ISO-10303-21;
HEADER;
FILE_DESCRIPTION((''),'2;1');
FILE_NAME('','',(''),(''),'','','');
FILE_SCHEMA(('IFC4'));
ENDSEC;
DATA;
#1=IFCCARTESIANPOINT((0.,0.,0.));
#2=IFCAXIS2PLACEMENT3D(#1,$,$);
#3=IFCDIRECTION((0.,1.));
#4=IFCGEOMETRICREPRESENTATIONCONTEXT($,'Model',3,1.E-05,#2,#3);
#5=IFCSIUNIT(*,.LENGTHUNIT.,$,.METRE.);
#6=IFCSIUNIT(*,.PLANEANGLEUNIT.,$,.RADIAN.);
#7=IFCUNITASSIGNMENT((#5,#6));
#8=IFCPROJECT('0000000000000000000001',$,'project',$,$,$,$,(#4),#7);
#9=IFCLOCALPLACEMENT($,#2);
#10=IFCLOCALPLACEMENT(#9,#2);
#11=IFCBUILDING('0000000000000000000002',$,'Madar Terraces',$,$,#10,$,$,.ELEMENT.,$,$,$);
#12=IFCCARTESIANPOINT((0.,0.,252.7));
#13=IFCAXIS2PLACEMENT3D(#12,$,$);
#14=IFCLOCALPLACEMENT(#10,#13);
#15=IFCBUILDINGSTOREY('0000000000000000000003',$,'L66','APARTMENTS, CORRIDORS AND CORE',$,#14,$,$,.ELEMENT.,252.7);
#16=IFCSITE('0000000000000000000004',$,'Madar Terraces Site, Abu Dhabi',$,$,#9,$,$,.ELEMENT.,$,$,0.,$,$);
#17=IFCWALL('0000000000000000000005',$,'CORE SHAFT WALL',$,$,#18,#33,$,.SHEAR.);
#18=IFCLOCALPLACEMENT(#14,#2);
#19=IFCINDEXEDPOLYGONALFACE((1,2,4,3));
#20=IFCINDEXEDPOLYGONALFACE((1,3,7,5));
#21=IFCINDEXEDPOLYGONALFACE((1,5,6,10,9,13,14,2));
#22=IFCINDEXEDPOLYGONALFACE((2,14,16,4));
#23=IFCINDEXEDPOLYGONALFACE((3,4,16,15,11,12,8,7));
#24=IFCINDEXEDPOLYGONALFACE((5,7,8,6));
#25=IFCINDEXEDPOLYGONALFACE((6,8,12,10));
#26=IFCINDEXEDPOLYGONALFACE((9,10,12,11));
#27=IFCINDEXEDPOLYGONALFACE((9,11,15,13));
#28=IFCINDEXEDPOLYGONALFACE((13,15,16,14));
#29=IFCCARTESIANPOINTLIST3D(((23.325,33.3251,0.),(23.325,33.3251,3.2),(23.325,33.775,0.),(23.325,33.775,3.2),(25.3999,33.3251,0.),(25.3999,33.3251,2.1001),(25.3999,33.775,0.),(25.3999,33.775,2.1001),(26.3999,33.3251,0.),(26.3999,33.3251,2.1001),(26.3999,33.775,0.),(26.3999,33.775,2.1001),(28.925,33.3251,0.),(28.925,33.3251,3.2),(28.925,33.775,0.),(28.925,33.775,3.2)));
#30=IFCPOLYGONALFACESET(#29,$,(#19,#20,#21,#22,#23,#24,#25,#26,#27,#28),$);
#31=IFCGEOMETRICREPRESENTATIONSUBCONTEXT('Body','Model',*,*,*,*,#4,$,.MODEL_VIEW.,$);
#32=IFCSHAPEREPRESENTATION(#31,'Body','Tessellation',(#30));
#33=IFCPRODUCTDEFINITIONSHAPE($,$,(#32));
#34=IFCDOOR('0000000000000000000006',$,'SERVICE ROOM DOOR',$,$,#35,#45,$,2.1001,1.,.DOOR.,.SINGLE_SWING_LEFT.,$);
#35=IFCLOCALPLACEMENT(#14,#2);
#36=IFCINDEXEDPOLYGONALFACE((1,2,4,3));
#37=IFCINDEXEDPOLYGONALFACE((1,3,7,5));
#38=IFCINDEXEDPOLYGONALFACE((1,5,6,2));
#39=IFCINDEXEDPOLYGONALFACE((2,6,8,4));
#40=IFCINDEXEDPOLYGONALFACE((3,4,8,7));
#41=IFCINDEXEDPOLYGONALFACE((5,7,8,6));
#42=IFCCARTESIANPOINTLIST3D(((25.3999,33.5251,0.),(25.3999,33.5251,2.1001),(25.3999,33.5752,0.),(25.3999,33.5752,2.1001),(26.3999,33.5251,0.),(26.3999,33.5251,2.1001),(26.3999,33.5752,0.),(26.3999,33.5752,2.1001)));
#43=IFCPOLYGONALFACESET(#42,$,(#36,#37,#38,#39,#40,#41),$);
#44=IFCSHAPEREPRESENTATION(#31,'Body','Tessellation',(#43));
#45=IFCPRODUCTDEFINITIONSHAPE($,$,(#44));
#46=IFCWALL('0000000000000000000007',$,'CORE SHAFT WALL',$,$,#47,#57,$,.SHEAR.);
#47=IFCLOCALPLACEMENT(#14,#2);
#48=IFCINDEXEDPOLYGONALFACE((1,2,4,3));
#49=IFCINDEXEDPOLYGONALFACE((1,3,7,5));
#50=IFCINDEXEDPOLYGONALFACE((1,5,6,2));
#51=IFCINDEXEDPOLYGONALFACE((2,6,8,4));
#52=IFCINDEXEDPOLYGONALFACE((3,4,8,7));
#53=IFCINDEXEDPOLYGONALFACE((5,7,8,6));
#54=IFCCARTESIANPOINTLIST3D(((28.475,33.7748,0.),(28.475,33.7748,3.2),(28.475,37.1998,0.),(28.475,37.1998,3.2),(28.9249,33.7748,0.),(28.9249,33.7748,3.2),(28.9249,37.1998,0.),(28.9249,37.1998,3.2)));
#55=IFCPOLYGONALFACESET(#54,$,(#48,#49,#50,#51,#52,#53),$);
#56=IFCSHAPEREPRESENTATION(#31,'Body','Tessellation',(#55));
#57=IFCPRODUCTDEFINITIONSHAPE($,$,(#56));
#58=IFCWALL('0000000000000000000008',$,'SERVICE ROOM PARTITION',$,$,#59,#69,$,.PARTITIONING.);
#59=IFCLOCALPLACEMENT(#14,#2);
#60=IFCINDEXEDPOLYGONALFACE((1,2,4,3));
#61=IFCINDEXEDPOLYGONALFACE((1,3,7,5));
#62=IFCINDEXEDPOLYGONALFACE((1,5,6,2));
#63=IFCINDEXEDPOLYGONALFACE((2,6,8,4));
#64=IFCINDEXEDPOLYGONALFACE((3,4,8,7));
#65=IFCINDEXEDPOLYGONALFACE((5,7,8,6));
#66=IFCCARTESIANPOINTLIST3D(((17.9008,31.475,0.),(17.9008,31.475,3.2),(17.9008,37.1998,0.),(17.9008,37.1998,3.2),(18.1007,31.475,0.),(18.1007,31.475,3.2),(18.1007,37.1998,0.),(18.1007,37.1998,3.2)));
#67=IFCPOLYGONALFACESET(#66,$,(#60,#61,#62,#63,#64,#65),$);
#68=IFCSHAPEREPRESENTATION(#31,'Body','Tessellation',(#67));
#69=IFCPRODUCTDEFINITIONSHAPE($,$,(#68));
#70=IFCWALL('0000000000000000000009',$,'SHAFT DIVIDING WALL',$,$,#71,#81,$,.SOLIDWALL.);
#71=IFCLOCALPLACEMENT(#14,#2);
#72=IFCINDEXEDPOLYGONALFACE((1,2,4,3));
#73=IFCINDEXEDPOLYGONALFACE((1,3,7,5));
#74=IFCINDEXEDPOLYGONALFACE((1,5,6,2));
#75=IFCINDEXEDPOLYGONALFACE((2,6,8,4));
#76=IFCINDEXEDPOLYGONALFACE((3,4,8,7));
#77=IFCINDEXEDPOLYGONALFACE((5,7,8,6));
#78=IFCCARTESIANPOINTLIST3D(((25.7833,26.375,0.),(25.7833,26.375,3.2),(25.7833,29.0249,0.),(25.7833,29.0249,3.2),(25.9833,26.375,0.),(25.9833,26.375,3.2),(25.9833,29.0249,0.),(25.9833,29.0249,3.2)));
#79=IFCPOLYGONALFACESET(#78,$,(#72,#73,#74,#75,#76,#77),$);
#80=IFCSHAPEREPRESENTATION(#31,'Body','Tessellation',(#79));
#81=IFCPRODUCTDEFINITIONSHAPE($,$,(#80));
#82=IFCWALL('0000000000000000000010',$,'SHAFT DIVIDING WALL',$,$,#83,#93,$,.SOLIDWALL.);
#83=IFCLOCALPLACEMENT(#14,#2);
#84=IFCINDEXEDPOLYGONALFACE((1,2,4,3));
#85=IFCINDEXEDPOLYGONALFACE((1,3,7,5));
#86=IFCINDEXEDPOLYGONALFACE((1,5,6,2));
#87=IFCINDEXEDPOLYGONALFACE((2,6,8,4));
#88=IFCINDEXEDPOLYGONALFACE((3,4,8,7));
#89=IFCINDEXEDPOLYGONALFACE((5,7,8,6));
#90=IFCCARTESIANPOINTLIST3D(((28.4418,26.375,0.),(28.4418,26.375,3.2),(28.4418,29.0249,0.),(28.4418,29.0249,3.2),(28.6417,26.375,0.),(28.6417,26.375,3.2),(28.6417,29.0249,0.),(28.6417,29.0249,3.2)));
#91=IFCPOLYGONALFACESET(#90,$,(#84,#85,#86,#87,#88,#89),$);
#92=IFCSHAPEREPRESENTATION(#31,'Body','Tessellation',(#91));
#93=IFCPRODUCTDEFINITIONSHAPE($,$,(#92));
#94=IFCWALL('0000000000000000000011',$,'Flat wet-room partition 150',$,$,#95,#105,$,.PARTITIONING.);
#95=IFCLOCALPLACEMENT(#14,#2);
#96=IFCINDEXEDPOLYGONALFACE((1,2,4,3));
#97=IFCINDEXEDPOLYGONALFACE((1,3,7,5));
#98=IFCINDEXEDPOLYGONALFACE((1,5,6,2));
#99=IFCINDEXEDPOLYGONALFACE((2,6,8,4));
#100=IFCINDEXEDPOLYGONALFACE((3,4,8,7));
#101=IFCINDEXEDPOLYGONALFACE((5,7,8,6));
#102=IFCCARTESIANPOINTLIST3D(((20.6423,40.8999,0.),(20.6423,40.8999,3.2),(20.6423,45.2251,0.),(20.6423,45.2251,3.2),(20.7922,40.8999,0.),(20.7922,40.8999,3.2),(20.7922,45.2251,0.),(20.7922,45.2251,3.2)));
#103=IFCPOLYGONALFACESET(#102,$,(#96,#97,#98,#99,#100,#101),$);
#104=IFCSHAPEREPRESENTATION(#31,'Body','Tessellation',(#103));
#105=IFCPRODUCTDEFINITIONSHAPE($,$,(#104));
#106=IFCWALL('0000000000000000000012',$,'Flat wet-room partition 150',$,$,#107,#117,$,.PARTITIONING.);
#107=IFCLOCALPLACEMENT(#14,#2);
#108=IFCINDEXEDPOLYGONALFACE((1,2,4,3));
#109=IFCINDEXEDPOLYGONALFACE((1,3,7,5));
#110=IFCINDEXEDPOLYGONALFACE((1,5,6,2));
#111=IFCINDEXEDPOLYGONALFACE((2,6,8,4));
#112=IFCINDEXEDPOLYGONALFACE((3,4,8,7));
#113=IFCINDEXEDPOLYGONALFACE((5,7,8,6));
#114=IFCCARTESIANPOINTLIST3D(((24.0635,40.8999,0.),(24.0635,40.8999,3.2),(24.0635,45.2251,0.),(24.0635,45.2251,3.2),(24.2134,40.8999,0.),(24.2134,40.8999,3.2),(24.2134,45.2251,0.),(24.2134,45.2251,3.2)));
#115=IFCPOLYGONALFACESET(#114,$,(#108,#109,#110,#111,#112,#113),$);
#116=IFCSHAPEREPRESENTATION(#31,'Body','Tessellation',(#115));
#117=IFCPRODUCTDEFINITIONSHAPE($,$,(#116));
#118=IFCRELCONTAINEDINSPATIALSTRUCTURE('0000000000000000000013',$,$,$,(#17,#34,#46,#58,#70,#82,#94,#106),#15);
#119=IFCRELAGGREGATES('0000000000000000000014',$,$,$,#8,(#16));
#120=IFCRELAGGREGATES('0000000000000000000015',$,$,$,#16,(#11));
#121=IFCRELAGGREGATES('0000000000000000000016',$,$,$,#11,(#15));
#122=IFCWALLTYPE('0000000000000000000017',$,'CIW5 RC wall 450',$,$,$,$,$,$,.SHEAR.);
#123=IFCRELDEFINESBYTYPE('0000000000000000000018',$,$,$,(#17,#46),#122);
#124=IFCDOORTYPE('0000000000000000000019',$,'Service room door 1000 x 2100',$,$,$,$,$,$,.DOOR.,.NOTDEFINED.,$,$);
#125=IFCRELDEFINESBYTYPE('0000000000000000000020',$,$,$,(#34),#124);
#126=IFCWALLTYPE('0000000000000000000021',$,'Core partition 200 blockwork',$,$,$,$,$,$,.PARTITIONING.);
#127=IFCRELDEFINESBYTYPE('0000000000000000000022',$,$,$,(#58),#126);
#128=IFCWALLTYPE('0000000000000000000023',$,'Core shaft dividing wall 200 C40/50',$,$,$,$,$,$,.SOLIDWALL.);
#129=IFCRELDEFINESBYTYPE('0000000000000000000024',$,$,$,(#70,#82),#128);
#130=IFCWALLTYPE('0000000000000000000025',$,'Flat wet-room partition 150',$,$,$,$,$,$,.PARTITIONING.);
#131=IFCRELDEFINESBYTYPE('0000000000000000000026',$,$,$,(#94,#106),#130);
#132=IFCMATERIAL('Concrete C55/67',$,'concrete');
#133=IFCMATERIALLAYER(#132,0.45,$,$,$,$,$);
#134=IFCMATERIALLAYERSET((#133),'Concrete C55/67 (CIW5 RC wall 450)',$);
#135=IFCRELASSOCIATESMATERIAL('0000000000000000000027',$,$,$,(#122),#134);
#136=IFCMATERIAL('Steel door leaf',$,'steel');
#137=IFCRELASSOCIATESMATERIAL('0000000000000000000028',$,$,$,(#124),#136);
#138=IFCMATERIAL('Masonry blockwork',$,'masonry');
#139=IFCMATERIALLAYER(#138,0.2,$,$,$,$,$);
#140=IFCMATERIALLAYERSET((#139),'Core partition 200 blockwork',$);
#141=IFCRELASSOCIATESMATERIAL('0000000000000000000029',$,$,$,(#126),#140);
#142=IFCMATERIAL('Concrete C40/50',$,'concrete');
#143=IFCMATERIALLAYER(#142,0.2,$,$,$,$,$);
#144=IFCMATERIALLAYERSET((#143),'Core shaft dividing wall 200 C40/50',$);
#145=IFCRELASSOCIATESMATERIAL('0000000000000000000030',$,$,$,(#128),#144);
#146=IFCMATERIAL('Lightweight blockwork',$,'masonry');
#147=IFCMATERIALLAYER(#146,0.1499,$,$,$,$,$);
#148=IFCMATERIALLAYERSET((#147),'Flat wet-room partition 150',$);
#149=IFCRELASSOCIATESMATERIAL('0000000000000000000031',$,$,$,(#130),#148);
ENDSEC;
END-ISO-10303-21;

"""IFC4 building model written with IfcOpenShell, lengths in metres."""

from ifc_helpers import new_model, si_unit, direction, frame, frame_2d, origin, place, context, subcontext, project, spatial, rectangle, extrude, material, layer, layer_set, type_object, element, fill, save


model = new_model("IFC4")

# Units and contexts
model_context = context("Model", 3, precision=1e-05, world=origin(), true_north=direction((0.0, 1.0)))
body_context = subcontext(model_context, "Body", "Model", "MODEL_VIEW")
ifc_project = project(units=[si_unit("LENGTHUNIT", "METRE"), si_unit("PLANEANGLEUNIT", "RADIAN")], contexts=[model_context])

# Site, building, storey
site_placement = place(None, origin())
site = spatial("IfcSite", under=ifc_project, at=site_placement, Name="Madar Terraces Site, Abu Dhabi", CompositionType="ELEMENT", RefElevation=0.0)
building_placement = place(site_placement, origin())
building = spatial("IfcBuilding", under=site, at=building_placement, Name="Madar Terraces", CompositionType="ELEMENT")
storey_placement = place(building_placement, frame((0.0, 0.0, 252.7)))
storey = spatial("IfcBuildingStorey", under=building, at=storey_placement, Name="L66", Description="APARTMENTS, CORRIDORS AND CORE", CompositionType="ELEMENT", Elevation=252.7)

# Shared definitions
ifc_material_1 = material(Name="Concrete C55/67", Category="concrete")
ifc_layer_1 = layer(ifc_material_1, 0.45)
ifc_layer_set_1 = layer_set([ifc_layer_1], Name="Concrete C55/67 (CIW5 RC wall 450)")
wall_type_1 = type_object("IfcWallType", Name="CIW5 RC wall 450", PredefinedType="SHEAR", material=ifc_layer_set_1)

# Wall, opening, door
wall_1_placement = place(storey_placement, frame((23.325, 33.55, 0.0), z_axis=(0.0, 0.0, 1.0), x_axis=(1.0, 0.0, 0.0)))
wall_1 = element("IfcWall", 1, at=wall_1_placement, inside=storey, type_object=wall_type_1, Name="CORE SHAFT WALL", PredefinedType="SHEAR", context=body_context, shape_type="SweptSolid", body=[
    extrude(rectangle(XDim=5.6001, YDim=0.45, at=frame_2d((2.8, 0.0))), origin(), (0.0, 0.0, 1.0), 3.2),
])
opening_1_placement = place(wall_1_placement, frame((2.075, 0.0, 0.0)))
opening_1 = element("IfcOpeningElement", 2, at=opening_1_placement, cuts=wall_1, PredefinedType="OPENING", context=body_context, shape_type="SweptSolid", body=[
    extrude(rectangle(XDim=1.0, YDim=2.1001, at=frame_2d((0.5, 1.05))), frame((0.0, 0.2349, 0.0), z_axis=(0.0, -1.0, 0.0), x_axis=(1.0, 0.0, 0.0)), (0.0, 0.0, 1.0), 0.47),
])
ifc_material_2 = material(Name="Steel door leaf", Category="steel")
door_type_1 = type_object("IfcDoorType", Name="Service room door 1000 x 2100", OperationType="NOTDEFINED", PredefinedType="DOOR", material=ifc_material_2)
door_1_placement = place(opening_1_placement, frame((1.0, 0.0, 0.0), z_axis=(0.0, 0.0, 1.0), x_axis=(-1.0, 0.0, 0.0)))
door_1 = element("IfcDoor", 3, at=door_1_placement, inside=storey, type_object=door_type_1, Name="SERVICE ROOM DOOR", OperationType="SINGLE_SWING_LEFT", OverallHeight=2.1001, OverallWidth=1.0, PredefinedType="DOOR", context=body_context, shape_type="SweptSolid", body=[
    extrude(rectangle(XDim=1.0, YDim=2.1001, at=frame_2d((0.5, 1.05))), frame((0.0, 0.0249, 0.0), z_axis=(0.0, -1.0, 0.0), x_axis=(1.0, 0.0, 0.0)), (0.0, 0.0, 1.0), 0.05),
])
fill(opening_1, door_1)

# Walls
wall_2_placement = place(storey_placement, frame((28.7, 33.7749, 0.0), z_axis=(0.0, 0.0, 1.0), x_axis=(0.0, 1.0, 0.0)))
element("IfcWall", 4, at=wall_2_placement, inside=storey, type_object=wall_type_1, Name="CORE SHAFT WALL", PredefinedType="SHEAR", context=body_context, shape_type="SweptSolid", body=[
    extrude(rectangle(XDim=3.425, YDim=0.45, at=frame_2d((1.7124, 0.0))), origin(), (0.0, 0.0, 1.0), 3.2),
])
ifc_material_3 = material(Name="Masonry blockwork", Category="masonry")
ifc_layer_2 = layer(ifc_material_3, 0.2)
ifc_layer_set_2 = layer_set([ifc_layer_2], Name="Core partition 200 blockwork")
wall_type_2 = type_object("IfcWallType", Name="Core partition 200 blockwork", PredefinedType="PARTITIONING", material=ifc_layer_set_2)
wall_3_placement = place(storey_placement, frame((18.0007, 31.4751, 0.0), z_axis=(0.0, 0.0, 1.0), x_axis=(0.0, 1.0, 0.0)))
element("IfcWall", 5, at=wall_3_placement, inside=storey, type_object=wall_type_2, Name="SERVICE ROOM PARTITION", PredefinedType="PARTITIONING", context=body_context, shape_type="SweptSolid", body=[
    extrude(rectangle(XDim=5.7249, YDim=0.2, at=frame_2d((2.8623, 0.0))), origin(), (0.0, 0.0, 1.0), 3.2),
])
ifc_material_4 = material(Name="Concrete C40/50", Category="concrete")
ifc_layer_3 = layer(ifc_material_4, 0.2)
ifc_layer_set_3 = layer_set([ifc_layer_3], Name="Core shaft dividing wall 200 C40/50")
wall_type_3 = type_object("IfcWallType", Name="Core shaft dividing wall 200 C40/50", PredefinedType="SOLIDWALL", material=ifc_layer_set_3)
for number, where, z_axis, x_axis, name in (
    (6, (25.8833, 26.375, 0.0), (0.0, 0.0, 1.0), (0.0, 1.0, 0.0), "SHAFT DIVIDING WALL"),
    (7, (28.5417, 26.375, 0.0), (0.0, 0.0, 1.0), (0.0, 1.0, 0.0), "SHAFT DIVIDING WALL"),
):
    element("IfcWall", number, at=place(storey_placement, frame(where, z_axis=z_axis, x_axis=x_axis)), inside=storey, type_object=wall_type_3, Name=name, PredefinedType="SOLIDWALL", context=body_context, shape_type="SweptSolid", body=[
        extrude(rectangle(XDim=2.6499, YDim=0.2, at=frame_2d((1.325, 0.0))), origin(), (0.0, 0.0, 1.0), 3.2),
    ])
ifc_material_5 = material(Name="Lightweight blockwork", Category="masonry")
ifc_layer_4 = layer(ifc_material_5, 0.1499)
ifc_layer_set_4 = layer_set([ifc_layer_4], Name="Flat wet-room partition 150")
wall_type_4 = type_object("IfcWallType", Name="Flat wet-room partition 150", PredefinedType="PARTITIONING", material=ifc_layer_set_4)
for number, where, z_axis, x_axis, name in (
    (8, (20.7173, 40.8999, 0.0), (0.0, 0.0, 1.0), (0.0, 1.0, 0.0), "Flat wet-room partition 150"),
    (9, (24.1384, 40.8999, 0.0), (0.0, 0.0, 1.0), (0.0, 1.0, 0.0), "Flat wet-room partition 150"),
):
    element("IfcWall", number, at=place(storey_placement, frame(where, z_axis=z_axis, x_axis=x_axis)), inside=storey, type_object=wall_type_4, Name=name, PredefinedType="PARTITIONING", context=body_context, shape_type="SweptSolid", body=[
        extrude(rectangle(XDim=4.3252, YDim=0.1499, at=frame_2d((2.1626, 0.0))), origin(), (0.0, 0.0, 1.0), 3.2),
    ])

save(model, "model.ifc")
